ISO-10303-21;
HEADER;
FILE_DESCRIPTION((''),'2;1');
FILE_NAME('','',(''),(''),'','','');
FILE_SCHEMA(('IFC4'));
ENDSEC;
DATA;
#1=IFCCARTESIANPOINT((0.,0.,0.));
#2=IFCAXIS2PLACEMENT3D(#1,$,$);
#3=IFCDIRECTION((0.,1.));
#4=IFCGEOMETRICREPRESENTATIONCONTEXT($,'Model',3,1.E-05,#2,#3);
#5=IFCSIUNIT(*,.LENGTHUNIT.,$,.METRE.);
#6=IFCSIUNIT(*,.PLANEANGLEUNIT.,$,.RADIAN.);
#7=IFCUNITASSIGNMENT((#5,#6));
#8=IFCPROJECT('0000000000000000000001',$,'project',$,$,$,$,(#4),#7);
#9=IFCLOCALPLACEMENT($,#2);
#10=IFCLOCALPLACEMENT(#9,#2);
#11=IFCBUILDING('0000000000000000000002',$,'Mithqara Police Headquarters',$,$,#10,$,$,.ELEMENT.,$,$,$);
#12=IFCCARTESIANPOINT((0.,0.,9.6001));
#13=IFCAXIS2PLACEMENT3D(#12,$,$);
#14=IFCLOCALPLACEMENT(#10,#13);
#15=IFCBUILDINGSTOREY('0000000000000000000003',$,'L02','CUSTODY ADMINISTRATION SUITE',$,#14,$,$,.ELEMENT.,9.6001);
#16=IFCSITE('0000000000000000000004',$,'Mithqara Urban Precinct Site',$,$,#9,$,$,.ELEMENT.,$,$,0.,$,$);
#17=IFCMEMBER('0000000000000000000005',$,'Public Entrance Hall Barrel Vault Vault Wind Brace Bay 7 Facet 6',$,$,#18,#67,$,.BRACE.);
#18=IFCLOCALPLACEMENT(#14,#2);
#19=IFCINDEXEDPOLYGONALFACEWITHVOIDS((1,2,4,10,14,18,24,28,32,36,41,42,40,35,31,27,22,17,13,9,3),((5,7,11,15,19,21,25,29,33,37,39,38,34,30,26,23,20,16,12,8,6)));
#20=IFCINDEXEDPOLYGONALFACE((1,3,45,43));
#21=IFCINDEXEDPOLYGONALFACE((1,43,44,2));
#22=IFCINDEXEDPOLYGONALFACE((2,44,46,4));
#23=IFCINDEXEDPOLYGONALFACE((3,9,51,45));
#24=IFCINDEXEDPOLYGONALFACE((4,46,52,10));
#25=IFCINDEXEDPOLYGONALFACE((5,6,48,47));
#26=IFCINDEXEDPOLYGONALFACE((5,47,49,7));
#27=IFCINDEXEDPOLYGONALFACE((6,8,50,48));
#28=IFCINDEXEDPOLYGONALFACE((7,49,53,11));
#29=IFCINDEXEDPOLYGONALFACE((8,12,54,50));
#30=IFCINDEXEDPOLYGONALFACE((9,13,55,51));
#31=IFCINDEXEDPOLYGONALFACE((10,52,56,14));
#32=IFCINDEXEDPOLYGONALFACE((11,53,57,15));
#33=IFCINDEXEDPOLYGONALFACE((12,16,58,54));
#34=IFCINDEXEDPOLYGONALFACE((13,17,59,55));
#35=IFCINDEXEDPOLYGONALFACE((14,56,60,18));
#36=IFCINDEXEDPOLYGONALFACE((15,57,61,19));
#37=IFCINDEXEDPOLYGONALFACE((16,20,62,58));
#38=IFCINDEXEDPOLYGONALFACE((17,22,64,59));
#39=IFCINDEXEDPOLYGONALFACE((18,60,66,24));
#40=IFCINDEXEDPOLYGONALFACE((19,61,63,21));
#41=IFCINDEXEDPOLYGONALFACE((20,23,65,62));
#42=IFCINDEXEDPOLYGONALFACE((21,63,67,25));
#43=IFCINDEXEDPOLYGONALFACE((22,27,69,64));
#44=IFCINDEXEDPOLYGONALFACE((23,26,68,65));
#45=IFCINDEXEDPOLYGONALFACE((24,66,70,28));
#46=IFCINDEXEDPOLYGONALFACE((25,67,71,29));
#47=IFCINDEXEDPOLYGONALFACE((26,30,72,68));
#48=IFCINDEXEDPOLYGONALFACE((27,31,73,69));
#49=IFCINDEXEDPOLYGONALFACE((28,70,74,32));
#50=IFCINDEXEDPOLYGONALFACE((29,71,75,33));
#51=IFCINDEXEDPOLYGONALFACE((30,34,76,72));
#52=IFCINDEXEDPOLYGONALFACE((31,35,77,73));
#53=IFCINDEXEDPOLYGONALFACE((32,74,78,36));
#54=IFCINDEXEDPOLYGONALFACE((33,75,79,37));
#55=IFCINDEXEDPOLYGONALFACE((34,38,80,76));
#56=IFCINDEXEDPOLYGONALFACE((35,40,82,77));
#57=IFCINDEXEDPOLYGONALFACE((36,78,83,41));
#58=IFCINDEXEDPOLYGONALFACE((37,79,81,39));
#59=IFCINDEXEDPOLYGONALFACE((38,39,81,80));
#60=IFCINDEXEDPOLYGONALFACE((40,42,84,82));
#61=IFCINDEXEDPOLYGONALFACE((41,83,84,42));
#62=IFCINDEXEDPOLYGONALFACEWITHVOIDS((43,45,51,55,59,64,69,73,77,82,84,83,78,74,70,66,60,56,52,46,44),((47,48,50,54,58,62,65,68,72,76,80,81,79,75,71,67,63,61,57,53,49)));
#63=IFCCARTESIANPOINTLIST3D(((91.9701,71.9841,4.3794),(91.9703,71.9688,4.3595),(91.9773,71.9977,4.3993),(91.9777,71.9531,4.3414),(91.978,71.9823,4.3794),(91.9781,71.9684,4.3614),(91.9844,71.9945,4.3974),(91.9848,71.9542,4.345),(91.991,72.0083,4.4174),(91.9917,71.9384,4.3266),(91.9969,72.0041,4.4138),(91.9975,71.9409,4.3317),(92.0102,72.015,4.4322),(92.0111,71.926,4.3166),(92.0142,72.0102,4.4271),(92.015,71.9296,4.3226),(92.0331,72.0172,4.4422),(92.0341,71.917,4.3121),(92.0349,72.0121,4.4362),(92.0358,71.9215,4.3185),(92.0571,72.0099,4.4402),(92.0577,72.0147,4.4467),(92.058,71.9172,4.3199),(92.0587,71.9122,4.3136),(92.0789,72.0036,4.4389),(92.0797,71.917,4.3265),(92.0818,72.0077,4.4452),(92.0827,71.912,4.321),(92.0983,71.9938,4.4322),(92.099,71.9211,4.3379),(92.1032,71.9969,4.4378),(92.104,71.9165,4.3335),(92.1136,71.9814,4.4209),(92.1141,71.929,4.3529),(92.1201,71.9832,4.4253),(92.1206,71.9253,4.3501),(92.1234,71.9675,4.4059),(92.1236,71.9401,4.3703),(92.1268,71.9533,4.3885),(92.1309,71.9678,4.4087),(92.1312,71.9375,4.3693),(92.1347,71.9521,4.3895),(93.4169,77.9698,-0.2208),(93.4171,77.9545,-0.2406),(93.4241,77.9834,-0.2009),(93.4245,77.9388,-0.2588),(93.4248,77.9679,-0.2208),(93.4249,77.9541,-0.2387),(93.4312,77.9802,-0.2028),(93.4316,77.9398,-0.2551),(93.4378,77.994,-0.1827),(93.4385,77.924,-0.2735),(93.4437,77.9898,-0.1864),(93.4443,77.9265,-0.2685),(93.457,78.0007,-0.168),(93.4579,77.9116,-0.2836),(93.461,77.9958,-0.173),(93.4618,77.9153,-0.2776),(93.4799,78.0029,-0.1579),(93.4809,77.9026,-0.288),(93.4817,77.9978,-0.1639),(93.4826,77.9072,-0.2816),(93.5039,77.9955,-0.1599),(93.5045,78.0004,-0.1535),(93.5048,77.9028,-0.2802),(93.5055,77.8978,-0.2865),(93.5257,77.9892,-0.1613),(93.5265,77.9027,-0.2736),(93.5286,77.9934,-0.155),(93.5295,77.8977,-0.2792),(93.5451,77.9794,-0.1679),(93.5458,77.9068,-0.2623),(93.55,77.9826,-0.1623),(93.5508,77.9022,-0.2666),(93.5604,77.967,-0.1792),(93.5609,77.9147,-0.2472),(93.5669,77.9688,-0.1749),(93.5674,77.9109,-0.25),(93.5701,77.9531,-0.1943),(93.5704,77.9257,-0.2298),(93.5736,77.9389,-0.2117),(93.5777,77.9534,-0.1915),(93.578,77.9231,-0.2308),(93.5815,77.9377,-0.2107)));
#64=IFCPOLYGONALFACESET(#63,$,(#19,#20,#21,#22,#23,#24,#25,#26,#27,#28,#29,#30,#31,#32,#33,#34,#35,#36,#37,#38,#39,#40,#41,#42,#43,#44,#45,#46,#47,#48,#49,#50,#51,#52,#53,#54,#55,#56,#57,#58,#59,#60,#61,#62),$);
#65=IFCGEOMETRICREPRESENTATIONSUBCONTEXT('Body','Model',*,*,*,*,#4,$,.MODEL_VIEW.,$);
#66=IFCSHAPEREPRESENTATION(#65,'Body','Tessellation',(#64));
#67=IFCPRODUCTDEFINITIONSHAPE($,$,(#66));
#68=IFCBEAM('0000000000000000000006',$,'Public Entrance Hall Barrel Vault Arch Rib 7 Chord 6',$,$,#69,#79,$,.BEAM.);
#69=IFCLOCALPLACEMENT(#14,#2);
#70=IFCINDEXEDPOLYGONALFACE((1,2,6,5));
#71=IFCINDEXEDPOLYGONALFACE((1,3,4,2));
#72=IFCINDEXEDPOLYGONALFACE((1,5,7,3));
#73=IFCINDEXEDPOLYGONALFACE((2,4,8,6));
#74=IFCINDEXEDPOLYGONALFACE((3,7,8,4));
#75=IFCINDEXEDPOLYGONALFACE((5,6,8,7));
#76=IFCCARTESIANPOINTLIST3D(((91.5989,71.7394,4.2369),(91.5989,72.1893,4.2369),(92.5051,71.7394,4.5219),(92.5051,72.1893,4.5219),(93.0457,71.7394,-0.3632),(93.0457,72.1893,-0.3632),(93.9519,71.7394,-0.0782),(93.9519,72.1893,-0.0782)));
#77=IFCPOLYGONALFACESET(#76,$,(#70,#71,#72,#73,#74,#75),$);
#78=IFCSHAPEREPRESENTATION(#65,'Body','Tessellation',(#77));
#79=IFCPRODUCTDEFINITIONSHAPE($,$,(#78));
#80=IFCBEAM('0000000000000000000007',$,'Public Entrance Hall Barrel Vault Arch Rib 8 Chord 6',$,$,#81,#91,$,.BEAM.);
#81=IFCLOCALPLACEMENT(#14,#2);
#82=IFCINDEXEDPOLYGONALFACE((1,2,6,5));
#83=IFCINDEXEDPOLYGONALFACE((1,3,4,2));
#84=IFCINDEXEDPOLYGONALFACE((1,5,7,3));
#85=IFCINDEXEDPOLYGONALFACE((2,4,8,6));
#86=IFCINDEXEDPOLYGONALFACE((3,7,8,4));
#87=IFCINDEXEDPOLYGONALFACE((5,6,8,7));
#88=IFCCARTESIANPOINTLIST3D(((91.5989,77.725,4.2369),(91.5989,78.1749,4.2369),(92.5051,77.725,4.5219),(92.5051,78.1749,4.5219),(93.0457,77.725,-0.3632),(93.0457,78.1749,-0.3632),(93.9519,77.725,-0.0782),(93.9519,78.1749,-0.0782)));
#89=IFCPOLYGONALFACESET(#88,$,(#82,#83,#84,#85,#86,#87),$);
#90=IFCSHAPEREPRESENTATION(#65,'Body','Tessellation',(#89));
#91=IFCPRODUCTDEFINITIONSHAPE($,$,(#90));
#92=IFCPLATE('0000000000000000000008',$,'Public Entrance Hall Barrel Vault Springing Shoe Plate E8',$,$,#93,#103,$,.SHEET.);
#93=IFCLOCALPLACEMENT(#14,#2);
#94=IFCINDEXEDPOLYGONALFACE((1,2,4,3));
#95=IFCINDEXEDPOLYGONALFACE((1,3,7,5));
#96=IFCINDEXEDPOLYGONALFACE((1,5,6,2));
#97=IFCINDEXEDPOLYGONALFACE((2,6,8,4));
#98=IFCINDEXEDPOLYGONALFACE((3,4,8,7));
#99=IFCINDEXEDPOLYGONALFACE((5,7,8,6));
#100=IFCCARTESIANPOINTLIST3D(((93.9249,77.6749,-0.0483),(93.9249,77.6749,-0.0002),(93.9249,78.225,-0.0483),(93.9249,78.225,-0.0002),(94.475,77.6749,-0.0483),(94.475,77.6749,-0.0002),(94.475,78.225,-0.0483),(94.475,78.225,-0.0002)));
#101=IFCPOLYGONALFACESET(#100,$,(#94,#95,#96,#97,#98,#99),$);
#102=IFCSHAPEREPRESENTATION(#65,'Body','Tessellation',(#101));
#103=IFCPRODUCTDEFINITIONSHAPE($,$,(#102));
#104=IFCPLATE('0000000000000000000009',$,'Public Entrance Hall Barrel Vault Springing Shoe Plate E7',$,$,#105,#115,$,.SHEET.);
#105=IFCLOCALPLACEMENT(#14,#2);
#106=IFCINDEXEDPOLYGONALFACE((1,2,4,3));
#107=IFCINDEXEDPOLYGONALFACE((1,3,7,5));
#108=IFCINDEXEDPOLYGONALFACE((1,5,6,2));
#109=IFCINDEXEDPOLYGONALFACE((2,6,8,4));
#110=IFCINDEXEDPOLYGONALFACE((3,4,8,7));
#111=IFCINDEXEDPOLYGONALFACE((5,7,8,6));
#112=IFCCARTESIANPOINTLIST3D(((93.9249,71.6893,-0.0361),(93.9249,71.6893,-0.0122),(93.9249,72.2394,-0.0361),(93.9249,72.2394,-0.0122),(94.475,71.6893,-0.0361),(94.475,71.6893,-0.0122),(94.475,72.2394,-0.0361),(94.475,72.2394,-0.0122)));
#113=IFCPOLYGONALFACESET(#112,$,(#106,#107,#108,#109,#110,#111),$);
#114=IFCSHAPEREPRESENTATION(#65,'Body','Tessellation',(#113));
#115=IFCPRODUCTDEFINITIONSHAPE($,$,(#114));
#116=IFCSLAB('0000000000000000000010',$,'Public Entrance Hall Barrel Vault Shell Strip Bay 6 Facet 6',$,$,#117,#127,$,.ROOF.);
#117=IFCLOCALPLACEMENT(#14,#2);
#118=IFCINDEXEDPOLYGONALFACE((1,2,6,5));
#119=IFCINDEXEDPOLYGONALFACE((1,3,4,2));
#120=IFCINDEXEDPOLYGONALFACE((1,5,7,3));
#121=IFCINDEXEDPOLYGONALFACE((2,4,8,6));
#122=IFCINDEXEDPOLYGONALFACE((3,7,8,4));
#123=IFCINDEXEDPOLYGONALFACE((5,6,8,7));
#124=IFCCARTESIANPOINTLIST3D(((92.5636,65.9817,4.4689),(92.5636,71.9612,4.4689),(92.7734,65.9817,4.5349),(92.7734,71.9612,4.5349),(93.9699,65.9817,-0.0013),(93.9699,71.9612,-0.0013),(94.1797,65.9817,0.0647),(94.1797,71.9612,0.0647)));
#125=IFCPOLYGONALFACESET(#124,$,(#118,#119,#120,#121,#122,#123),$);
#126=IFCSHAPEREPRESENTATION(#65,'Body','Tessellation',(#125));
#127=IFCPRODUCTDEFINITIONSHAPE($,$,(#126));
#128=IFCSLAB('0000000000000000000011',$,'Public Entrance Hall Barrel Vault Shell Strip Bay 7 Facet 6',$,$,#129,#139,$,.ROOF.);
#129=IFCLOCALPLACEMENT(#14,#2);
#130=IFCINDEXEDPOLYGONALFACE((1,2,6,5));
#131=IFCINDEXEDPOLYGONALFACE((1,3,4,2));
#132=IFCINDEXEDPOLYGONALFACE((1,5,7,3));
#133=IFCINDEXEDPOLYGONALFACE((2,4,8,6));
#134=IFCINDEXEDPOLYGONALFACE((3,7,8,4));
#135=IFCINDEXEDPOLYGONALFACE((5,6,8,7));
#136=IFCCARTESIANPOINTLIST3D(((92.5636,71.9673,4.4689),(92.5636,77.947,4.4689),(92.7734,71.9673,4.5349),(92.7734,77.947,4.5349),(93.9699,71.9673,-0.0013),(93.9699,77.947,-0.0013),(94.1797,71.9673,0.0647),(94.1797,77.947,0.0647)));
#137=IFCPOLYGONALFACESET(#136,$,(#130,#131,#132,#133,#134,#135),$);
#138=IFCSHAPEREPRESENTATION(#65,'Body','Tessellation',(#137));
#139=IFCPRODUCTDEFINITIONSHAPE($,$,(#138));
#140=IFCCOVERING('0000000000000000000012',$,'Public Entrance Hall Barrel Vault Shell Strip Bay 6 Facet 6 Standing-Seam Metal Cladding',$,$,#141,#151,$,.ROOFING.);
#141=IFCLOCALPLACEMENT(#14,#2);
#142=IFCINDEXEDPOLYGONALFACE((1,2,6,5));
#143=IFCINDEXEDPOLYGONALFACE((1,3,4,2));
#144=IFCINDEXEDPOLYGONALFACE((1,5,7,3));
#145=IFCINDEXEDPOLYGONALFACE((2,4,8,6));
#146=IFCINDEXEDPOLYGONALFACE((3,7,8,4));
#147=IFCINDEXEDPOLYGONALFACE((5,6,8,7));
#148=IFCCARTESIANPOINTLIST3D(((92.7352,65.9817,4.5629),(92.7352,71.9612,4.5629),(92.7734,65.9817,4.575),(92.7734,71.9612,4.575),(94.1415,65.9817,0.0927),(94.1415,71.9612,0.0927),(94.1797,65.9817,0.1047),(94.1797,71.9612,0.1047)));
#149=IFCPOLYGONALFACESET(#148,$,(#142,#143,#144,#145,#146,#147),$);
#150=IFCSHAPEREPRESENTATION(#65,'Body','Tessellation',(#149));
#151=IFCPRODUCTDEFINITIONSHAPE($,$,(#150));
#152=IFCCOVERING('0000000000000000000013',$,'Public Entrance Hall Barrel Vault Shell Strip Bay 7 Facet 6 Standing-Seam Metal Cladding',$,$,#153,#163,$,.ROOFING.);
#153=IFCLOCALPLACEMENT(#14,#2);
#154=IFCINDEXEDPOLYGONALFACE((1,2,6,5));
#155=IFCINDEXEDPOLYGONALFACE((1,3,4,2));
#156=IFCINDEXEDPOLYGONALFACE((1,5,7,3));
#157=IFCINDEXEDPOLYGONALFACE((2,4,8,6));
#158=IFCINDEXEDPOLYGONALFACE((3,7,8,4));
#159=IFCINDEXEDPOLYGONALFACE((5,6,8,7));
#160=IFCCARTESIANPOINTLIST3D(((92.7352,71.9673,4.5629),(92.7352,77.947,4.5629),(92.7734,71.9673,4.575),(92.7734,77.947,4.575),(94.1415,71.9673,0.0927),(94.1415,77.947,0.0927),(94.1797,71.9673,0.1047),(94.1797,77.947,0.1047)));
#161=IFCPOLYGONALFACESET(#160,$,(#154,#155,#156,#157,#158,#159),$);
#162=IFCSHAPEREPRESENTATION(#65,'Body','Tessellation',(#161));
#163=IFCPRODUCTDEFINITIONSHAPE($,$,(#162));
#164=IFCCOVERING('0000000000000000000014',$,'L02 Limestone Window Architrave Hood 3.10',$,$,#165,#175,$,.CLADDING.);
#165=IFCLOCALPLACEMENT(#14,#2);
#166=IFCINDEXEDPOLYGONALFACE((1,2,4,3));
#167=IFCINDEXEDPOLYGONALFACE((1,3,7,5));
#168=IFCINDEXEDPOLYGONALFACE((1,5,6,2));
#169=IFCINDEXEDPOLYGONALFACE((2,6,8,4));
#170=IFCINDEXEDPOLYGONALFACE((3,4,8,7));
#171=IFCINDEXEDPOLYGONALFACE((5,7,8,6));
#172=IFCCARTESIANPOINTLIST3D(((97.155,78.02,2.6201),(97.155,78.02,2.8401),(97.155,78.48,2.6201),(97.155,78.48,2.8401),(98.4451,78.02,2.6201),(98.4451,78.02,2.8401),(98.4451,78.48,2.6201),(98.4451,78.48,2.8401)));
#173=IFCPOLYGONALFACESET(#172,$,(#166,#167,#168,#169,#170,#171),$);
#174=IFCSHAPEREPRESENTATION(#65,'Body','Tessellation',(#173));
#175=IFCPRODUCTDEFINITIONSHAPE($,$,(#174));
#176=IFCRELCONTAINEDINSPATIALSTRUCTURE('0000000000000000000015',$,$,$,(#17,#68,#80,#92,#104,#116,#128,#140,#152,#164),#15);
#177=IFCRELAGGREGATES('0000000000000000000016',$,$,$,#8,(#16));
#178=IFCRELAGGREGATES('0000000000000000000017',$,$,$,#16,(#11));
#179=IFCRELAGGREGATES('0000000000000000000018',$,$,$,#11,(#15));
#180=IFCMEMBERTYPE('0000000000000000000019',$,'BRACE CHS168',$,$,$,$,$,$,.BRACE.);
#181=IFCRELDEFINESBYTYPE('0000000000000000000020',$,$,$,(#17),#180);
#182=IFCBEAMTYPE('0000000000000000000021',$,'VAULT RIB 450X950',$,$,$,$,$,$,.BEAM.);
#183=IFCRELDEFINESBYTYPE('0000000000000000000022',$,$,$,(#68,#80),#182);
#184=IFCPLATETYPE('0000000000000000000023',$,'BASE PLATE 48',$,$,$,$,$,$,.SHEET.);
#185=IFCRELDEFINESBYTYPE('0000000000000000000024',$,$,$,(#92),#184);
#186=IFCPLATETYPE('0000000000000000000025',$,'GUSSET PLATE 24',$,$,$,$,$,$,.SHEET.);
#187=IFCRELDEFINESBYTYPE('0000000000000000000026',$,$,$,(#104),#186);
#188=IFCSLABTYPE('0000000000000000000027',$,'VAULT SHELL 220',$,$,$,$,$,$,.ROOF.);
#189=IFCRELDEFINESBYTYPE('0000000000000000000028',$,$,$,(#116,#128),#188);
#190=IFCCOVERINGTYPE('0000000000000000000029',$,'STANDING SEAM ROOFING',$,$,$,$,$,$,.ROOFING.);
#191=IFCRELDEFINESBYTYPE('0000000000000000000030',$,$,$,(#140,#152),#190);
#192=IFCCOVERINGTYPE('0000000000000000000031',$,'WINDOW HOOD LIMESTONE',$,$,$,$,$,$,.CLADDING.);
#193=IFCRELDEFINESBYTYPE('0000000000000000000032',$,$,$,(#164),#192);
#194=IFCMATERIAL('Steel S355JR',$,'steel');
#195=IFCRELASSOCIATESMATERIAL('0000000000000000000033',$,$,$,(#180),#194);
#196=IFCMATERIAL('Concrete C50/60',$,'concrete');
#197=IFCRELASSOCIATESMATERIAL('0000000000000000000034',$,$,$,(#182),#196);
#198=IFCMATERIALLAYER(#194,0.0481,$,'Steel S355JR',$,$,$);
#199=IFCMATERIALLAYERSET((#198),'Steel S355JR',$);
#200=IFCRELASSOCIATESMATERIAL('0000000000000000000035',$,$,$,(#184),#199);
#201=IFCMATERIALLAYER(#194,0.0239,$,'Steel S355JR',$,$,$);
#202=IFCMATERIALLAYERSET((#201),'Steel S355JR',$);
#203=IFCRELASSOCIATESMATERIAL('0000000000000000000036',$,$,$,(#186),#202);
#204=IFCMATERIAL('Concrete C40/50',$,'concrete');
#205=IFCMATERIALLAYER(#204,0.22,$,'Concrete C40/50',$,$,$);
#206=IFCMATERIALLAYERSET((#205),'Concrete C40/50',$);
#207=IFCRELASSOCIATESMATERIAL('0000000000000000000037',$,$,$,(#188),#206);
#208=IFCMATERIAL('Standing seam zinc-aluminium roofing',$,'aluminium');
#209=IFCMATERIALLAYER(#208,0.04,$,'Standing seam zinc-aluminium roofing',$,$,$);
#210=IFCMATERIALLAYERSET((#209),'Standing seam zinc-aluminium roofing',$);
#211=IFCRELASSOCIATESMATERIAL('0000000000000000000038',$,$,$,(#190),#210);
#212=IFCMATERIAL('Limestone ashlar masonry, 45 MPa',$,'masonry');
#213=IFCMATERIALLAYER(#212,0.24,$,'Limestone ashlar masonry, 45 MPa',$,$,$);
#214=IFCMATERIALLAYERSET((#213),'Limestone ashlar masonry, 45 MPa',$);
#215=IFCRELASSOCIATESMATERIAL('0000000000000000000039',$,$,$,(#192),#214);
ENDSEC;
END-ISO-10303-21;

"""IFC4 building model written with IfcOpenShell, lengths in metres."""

from ifc_helpers import new_model, si_unit, direction, frame, origin, origin_2d, place, context, subcontext, project, spatial, polyline, rectangle, hollow_circle, outline, extrude, material, layer, layer_set, material_profile, profile_set, type_object, element, save


model = new_model("IFC4")

# Units and contexts
model_context = context("Model", 3, precision=1e-05, world=origin(), true_north=direction((0.0, 1.0)))
body_context = subcontext(model_context, "Body", "Model", "MODEL_VIEW")
ifc_project = project(units=[si_unit("LENGTHUNIT", "METRE"), si_unit("PLANEANGLEUNIT", "RADIAN")], contexts=[model_context])

# Site, building, storey
site_placement = place(None, origin())
site = spatial("IfcSite", under=ifc_project, at=site_placement, Name="Mithqara Urban Precinct Site", CompositionType="ELEMENT", RefElevation=0.0)
building_placement = place(site_placement, origin())
building = spatial("IfcBuilding", under=site, at=building_placement, Name="Mithqara Police Headquarters", CompositionType="ELEMENT")
storey_placement = place(building_placement, frame((0.0, 0.0, 9.6001)))
storey = spatial("IfcBuildingStorey", under=building, at=storey_placement, Name="L02", Description="CUSTODY ADMINISTRATION SUITE", CompositionType="ELEMENT", Elevation=9.6001)

# Shared definitions
ifc_material_1 = material(Name="Concrete C50/60", Category="concrete")

# Shared definitions
ifc_material_2 = material(Name="Steel S355JR", Category="steel")
ifc_material_3 = material(Name="Concrete C40/50", Category="concrete")

# Member
ifc_material_profile_1 = material_profile(ifc_material_2, hollow_circle(Radius=0.0842, WallThickness=0.0081, at=origin_2d()), Name="CHS 168.3x8.0")
ifc_profile_set_1 = profile_set([ifc_material_profile_1], Name="Steel S355JR")
member_type = type_object("IfcMemberType", Name="BRACE CHS168", PredefinedType="BRACE", material=ifc_profile_set_1)
member_placement = place(storey_placement, frame((92.052, 71.9644, 4.3794), z_axis=(0.188225, 0.778721, -0.598469), x_axis=(-0.972009, 0.234944, 0.0)))
element("IfcMember", 1, at=member_placement, inside=storey, type_object=member_type, Name="Public Entrance Hall Barrel Vault Vault Wind Brace Bay 7 Facet 6", PredefinedType="BRACE", context=body_context, shape_type="SweptSolid", body=[
    extrude(hollow_circle(Radius=0.0842, WallThickness=0.0081, at=origin_2d()), origin(), (0.0, 0.0, 1.0), 7.6865),
])

# Beams
ifc_material_profile_2 = material_profile(ifc_material_1, rectangle(XDim=0.45, YDim=0.95, at=origin_2d()), Name="RIB 450x950")
ifc_profile_set_2 = profile_set([ifc_material_profile_2], Name="Concrete C50/60")
beam_type_1 = type_object("IfcBeamType", Name="VAULT RIB 450X950", PredefinedType="BEAM", material=ifc_profile_set_2)
for number, where, z_axis, x_axis, name in (
    (2, (92.052, 71.9644, 4.3794), (0.300021, 0.0, -0.953932), (0.0, 1.0, 0.0), "Public Entrance Hall Barrel Vault Arch Rib 7 Chord 6"),
    (3, (92.052, 77.95, 4.3794), (0.300021, 0.0, -0.953932), (0.0, 1.0, 0.0), "Public Entrance Hall Barrel Vault Arch Rib 8 Chord 6"),
):
    element("IfcBeam", number, at=place(storey_placement, frame(where, z_axis=z_axis, x_axis=x_axis)), inside=storey, type_object=beam_type_1, Name=name, PredefinedType="BEAM", context=body_context, shape_type="SweptSolid", body=[
        extrude(rectangle(XDim=0.45, YDim=0.95, at=origin_2d()), origin(), (0.0, 0.0, 1.0), 4.8223),
    ])

# Plates
ifc_layer_1 = layer(ifc_material_2, 0.0481, Name="Steel S355JR")
ifc_layer_set_1 = layer_set([ifc_layer_1], Name="Steel S355JR")
plate_type_1 = type_object("IfcPlateType", Name="BASE PLATE 48", PredefinedType="SHEET", material=ifc_layer_set_1)
plate_1_placement = place(storey_placement, frame((94.2, 77.95, -0.0483), z_axis=(0.0, 0.0, 1.0), x_axis=(1.0, 0.0, 0.0)))
element("IfcPlate", 4, at=plate_1_placement, inside=storey, type_object=plate_type_1, Name="Public Entrance Hall Barrel Vault Springing Shoe Plate E8", PredefinedType="SHEET", context=body_context, shape_type="SweptSolid", body=[
    extrude(rectangle(XDim=0.55, YDim=0.55, at=origin_2d()), origin(), (0.0, 0.0, 1.0), 0.0481),
])
ifc_layer_2 = layer(ifc_material_2, 0.0239, Name="Steel S355JR")
ifc_layer_set_2 = layer_set([ifc_layer_2], Name="Steel S355JR")
plate_type_2 = type_object("IfcPlateType", Name="GUSSET PLATE 24", PredefinedType="SHEET", material=ifc_layer_set_2)
plate_2_placement = place(storey_placement, frame((94.2, 71.9644, -0.0361), z_axis=(0.0, 0.0, 1.0), x_axis=(1.0, 0.0, 0.0)))
element("IfcPlate", 5, at=plate_2_placement, inside=storey, type_object=plate_type_2, Name="Public Entrance Hall Barrel Vault Springing Shoe Plate E7", PredefinedType="SHEET", context=body_context, shape_type="SweptSolid", body=[
    extrude(rectangle(XDim=0.55, YDim=0.55, at=origin_2d()), origin(), (0.0, 0.0, 1.0), 0.0239),
])

# Slabs
ifc_layer_3 = layer(ifc_material_3, 0.22, Name="Concrete C40/50")
ifc_layer_set_3 = layer_set([ifc_layer_3], Name="Concrete C40/50")
slab_type = type_object("IfcSlabType", Name="VAULT SHELL 220", PredefinedType="ROOF", material=ifc_layer_set_3)
slab_1_placement = place(storey_placement, frame((92.7734, 65.9817, 4.5349), z_axis=(0.953913, 0.0, 0.300084), x_axis=(0.300084, 0.0, -0.953913)))
element("IfcSlab", 6, at=slab_1_placement, inside=storey, type_object=slab_type, Name="Public Entrance Hall Barrel Vault Shell Strip Bay 6 Facet 6", PredefinedType="ROOF", context=body_context, shape_type="SweptSolid", body=[
    extrude(outline(polyline([(0.0, 0.0), (4.6862, 0.0), (4.6862, 5.9795), (0.0, 5.9795), (0.0, 0.0)])), origin(), (0.0, 0.0, -1.0), 0.22),
])
slab_2_placement = place(storey_placement, frame((92.7734, 71.9673, 4.5349), z_axis=(0.953913, 0.0, 0.300084), x_axis=(0.300084, 0.0, -0.953913)))
element("IfcSlab", 7, at=slab_2_placement, inside=storey, type_object=slab_type, Name="Public Entrance Hall Barrel Vault Shell Strip Bay 7 Facet 6", PredefinedType="ROOF", context=body_context, shape_type="SweptSolid", body=[
    extrude(outline(polyline([(0.0, 0.0), (4.6862, 0.0), (4.6862, 5.9797), (0.0, 5.9797), (0.0, 0.0)])), origin(), (0.0, 0.0, -1.0), 0.22),
])

# Coverings
ifc_material_4 = material(Name="Standing seam zinc-aluminium roofing", Category="aluminium")
ifc_layer_4 = layer(ifc_material_4, 0.04, Name="Standing seam zinc-aluminium roofing")
ifc_layer_set_4 = layer_set([ifc_layer_4], Name="Standing seam zinc-aluminium roofing")
covering_type_1 = type_object("IfcCoveringType", Name="STANDING SEAM ROOFING", PredefinedType="ROOFING", material=ifc_layer_set_4)
covering_1_placement = place(storey_placement, frame((92.7734, 65.9817, 4.575), z_axis=(0.953913, 0.0, 0.300084), x_axis=(0.300084, 0.0, -0.953913)))
element("IfcCovering", 8, at=covering_1_placement, inside=storey, type_object=covering_type_1, Name="Public Entrance Hall Barrel Vault Shell Strip Bay 6 Facet 6 Standing-Seam Metal Cladding", PredefinedType="ROOFING", context=body_context, shape_type="SweptSolid", body=[
    extrude(outline(polyline([(0.0, 0.0), (4.6862, 0.0), (4.6862, 5.9795), (0.0, 5.9795), (0.0, 0.0)])), origin(), (0.0, 0.0, -1.0), 0.04),
])
covering_2_placement = place(storey_placement, frame((92.7734, 71.9673, 4.575), z_axis=(0.953913, 0.0, 0.300084), x_axis=(0.300084, 0.0, -0.953913)))
element("IfcCovering", 9, at=covering_2_placement, inside=storey, type_object=covering_type_1, Name="Public Entrance Hall Barrel Vault Shell Strip Bay 7 Facet 6 Standing-Seam Metal Cladding", PredefinedType="ROOFING", context=body_context, shape_type="SweptSolid", body=[
    extrude(outline(polyline([(0.0, 0.0), (4.6862, 0.0), (4.6862, 5.9797), (0.0, 5.9797), (0.0, 0.0)])), origin(), (0.0, 0.0, -1.0), 0.04),
])
ifc_material_5 = material(Name="Limestone ashlar masonry, 45 MPa", Category="masonry")
ifc_layer_5 = layer(ifc_material_5, 0.24, Name="Limestone ashlar masonry, 45 MPa")
ifc_layer_set_5 = layer_set([ifc_layer_5], Name="Limestone ashlar masonry, 45 MPa")
covering_type_2 = type_object("IfcCoveringType", Name="WINDOW HOOD LIMESTONE", PredefinedType="CLADDING", material=ifc_layer_set_5)
covering_3_placement = place(storey_placement, frame((97.8, 78.25, 2.6201), z_axis=(0.0, 0.0, 1.0), x_axis=(1.0, 0.0, 0.0)))
element("IfcCovering", 10, at=covering_3_placement, inside=storey, type_object=covering_type_2, Name="L02 Limestone Window Architrave Hood 3.10", PredefinedType="CLADDING", context=body_context, shape_type="SweptSolid", body=[
    extrude(rectangle(XDim=1.29, YDim=0.46, at=origin_2d()), origin(), (0.0, 0.0, 1.0), 0.22),
])

save(model, "model.ifc")
